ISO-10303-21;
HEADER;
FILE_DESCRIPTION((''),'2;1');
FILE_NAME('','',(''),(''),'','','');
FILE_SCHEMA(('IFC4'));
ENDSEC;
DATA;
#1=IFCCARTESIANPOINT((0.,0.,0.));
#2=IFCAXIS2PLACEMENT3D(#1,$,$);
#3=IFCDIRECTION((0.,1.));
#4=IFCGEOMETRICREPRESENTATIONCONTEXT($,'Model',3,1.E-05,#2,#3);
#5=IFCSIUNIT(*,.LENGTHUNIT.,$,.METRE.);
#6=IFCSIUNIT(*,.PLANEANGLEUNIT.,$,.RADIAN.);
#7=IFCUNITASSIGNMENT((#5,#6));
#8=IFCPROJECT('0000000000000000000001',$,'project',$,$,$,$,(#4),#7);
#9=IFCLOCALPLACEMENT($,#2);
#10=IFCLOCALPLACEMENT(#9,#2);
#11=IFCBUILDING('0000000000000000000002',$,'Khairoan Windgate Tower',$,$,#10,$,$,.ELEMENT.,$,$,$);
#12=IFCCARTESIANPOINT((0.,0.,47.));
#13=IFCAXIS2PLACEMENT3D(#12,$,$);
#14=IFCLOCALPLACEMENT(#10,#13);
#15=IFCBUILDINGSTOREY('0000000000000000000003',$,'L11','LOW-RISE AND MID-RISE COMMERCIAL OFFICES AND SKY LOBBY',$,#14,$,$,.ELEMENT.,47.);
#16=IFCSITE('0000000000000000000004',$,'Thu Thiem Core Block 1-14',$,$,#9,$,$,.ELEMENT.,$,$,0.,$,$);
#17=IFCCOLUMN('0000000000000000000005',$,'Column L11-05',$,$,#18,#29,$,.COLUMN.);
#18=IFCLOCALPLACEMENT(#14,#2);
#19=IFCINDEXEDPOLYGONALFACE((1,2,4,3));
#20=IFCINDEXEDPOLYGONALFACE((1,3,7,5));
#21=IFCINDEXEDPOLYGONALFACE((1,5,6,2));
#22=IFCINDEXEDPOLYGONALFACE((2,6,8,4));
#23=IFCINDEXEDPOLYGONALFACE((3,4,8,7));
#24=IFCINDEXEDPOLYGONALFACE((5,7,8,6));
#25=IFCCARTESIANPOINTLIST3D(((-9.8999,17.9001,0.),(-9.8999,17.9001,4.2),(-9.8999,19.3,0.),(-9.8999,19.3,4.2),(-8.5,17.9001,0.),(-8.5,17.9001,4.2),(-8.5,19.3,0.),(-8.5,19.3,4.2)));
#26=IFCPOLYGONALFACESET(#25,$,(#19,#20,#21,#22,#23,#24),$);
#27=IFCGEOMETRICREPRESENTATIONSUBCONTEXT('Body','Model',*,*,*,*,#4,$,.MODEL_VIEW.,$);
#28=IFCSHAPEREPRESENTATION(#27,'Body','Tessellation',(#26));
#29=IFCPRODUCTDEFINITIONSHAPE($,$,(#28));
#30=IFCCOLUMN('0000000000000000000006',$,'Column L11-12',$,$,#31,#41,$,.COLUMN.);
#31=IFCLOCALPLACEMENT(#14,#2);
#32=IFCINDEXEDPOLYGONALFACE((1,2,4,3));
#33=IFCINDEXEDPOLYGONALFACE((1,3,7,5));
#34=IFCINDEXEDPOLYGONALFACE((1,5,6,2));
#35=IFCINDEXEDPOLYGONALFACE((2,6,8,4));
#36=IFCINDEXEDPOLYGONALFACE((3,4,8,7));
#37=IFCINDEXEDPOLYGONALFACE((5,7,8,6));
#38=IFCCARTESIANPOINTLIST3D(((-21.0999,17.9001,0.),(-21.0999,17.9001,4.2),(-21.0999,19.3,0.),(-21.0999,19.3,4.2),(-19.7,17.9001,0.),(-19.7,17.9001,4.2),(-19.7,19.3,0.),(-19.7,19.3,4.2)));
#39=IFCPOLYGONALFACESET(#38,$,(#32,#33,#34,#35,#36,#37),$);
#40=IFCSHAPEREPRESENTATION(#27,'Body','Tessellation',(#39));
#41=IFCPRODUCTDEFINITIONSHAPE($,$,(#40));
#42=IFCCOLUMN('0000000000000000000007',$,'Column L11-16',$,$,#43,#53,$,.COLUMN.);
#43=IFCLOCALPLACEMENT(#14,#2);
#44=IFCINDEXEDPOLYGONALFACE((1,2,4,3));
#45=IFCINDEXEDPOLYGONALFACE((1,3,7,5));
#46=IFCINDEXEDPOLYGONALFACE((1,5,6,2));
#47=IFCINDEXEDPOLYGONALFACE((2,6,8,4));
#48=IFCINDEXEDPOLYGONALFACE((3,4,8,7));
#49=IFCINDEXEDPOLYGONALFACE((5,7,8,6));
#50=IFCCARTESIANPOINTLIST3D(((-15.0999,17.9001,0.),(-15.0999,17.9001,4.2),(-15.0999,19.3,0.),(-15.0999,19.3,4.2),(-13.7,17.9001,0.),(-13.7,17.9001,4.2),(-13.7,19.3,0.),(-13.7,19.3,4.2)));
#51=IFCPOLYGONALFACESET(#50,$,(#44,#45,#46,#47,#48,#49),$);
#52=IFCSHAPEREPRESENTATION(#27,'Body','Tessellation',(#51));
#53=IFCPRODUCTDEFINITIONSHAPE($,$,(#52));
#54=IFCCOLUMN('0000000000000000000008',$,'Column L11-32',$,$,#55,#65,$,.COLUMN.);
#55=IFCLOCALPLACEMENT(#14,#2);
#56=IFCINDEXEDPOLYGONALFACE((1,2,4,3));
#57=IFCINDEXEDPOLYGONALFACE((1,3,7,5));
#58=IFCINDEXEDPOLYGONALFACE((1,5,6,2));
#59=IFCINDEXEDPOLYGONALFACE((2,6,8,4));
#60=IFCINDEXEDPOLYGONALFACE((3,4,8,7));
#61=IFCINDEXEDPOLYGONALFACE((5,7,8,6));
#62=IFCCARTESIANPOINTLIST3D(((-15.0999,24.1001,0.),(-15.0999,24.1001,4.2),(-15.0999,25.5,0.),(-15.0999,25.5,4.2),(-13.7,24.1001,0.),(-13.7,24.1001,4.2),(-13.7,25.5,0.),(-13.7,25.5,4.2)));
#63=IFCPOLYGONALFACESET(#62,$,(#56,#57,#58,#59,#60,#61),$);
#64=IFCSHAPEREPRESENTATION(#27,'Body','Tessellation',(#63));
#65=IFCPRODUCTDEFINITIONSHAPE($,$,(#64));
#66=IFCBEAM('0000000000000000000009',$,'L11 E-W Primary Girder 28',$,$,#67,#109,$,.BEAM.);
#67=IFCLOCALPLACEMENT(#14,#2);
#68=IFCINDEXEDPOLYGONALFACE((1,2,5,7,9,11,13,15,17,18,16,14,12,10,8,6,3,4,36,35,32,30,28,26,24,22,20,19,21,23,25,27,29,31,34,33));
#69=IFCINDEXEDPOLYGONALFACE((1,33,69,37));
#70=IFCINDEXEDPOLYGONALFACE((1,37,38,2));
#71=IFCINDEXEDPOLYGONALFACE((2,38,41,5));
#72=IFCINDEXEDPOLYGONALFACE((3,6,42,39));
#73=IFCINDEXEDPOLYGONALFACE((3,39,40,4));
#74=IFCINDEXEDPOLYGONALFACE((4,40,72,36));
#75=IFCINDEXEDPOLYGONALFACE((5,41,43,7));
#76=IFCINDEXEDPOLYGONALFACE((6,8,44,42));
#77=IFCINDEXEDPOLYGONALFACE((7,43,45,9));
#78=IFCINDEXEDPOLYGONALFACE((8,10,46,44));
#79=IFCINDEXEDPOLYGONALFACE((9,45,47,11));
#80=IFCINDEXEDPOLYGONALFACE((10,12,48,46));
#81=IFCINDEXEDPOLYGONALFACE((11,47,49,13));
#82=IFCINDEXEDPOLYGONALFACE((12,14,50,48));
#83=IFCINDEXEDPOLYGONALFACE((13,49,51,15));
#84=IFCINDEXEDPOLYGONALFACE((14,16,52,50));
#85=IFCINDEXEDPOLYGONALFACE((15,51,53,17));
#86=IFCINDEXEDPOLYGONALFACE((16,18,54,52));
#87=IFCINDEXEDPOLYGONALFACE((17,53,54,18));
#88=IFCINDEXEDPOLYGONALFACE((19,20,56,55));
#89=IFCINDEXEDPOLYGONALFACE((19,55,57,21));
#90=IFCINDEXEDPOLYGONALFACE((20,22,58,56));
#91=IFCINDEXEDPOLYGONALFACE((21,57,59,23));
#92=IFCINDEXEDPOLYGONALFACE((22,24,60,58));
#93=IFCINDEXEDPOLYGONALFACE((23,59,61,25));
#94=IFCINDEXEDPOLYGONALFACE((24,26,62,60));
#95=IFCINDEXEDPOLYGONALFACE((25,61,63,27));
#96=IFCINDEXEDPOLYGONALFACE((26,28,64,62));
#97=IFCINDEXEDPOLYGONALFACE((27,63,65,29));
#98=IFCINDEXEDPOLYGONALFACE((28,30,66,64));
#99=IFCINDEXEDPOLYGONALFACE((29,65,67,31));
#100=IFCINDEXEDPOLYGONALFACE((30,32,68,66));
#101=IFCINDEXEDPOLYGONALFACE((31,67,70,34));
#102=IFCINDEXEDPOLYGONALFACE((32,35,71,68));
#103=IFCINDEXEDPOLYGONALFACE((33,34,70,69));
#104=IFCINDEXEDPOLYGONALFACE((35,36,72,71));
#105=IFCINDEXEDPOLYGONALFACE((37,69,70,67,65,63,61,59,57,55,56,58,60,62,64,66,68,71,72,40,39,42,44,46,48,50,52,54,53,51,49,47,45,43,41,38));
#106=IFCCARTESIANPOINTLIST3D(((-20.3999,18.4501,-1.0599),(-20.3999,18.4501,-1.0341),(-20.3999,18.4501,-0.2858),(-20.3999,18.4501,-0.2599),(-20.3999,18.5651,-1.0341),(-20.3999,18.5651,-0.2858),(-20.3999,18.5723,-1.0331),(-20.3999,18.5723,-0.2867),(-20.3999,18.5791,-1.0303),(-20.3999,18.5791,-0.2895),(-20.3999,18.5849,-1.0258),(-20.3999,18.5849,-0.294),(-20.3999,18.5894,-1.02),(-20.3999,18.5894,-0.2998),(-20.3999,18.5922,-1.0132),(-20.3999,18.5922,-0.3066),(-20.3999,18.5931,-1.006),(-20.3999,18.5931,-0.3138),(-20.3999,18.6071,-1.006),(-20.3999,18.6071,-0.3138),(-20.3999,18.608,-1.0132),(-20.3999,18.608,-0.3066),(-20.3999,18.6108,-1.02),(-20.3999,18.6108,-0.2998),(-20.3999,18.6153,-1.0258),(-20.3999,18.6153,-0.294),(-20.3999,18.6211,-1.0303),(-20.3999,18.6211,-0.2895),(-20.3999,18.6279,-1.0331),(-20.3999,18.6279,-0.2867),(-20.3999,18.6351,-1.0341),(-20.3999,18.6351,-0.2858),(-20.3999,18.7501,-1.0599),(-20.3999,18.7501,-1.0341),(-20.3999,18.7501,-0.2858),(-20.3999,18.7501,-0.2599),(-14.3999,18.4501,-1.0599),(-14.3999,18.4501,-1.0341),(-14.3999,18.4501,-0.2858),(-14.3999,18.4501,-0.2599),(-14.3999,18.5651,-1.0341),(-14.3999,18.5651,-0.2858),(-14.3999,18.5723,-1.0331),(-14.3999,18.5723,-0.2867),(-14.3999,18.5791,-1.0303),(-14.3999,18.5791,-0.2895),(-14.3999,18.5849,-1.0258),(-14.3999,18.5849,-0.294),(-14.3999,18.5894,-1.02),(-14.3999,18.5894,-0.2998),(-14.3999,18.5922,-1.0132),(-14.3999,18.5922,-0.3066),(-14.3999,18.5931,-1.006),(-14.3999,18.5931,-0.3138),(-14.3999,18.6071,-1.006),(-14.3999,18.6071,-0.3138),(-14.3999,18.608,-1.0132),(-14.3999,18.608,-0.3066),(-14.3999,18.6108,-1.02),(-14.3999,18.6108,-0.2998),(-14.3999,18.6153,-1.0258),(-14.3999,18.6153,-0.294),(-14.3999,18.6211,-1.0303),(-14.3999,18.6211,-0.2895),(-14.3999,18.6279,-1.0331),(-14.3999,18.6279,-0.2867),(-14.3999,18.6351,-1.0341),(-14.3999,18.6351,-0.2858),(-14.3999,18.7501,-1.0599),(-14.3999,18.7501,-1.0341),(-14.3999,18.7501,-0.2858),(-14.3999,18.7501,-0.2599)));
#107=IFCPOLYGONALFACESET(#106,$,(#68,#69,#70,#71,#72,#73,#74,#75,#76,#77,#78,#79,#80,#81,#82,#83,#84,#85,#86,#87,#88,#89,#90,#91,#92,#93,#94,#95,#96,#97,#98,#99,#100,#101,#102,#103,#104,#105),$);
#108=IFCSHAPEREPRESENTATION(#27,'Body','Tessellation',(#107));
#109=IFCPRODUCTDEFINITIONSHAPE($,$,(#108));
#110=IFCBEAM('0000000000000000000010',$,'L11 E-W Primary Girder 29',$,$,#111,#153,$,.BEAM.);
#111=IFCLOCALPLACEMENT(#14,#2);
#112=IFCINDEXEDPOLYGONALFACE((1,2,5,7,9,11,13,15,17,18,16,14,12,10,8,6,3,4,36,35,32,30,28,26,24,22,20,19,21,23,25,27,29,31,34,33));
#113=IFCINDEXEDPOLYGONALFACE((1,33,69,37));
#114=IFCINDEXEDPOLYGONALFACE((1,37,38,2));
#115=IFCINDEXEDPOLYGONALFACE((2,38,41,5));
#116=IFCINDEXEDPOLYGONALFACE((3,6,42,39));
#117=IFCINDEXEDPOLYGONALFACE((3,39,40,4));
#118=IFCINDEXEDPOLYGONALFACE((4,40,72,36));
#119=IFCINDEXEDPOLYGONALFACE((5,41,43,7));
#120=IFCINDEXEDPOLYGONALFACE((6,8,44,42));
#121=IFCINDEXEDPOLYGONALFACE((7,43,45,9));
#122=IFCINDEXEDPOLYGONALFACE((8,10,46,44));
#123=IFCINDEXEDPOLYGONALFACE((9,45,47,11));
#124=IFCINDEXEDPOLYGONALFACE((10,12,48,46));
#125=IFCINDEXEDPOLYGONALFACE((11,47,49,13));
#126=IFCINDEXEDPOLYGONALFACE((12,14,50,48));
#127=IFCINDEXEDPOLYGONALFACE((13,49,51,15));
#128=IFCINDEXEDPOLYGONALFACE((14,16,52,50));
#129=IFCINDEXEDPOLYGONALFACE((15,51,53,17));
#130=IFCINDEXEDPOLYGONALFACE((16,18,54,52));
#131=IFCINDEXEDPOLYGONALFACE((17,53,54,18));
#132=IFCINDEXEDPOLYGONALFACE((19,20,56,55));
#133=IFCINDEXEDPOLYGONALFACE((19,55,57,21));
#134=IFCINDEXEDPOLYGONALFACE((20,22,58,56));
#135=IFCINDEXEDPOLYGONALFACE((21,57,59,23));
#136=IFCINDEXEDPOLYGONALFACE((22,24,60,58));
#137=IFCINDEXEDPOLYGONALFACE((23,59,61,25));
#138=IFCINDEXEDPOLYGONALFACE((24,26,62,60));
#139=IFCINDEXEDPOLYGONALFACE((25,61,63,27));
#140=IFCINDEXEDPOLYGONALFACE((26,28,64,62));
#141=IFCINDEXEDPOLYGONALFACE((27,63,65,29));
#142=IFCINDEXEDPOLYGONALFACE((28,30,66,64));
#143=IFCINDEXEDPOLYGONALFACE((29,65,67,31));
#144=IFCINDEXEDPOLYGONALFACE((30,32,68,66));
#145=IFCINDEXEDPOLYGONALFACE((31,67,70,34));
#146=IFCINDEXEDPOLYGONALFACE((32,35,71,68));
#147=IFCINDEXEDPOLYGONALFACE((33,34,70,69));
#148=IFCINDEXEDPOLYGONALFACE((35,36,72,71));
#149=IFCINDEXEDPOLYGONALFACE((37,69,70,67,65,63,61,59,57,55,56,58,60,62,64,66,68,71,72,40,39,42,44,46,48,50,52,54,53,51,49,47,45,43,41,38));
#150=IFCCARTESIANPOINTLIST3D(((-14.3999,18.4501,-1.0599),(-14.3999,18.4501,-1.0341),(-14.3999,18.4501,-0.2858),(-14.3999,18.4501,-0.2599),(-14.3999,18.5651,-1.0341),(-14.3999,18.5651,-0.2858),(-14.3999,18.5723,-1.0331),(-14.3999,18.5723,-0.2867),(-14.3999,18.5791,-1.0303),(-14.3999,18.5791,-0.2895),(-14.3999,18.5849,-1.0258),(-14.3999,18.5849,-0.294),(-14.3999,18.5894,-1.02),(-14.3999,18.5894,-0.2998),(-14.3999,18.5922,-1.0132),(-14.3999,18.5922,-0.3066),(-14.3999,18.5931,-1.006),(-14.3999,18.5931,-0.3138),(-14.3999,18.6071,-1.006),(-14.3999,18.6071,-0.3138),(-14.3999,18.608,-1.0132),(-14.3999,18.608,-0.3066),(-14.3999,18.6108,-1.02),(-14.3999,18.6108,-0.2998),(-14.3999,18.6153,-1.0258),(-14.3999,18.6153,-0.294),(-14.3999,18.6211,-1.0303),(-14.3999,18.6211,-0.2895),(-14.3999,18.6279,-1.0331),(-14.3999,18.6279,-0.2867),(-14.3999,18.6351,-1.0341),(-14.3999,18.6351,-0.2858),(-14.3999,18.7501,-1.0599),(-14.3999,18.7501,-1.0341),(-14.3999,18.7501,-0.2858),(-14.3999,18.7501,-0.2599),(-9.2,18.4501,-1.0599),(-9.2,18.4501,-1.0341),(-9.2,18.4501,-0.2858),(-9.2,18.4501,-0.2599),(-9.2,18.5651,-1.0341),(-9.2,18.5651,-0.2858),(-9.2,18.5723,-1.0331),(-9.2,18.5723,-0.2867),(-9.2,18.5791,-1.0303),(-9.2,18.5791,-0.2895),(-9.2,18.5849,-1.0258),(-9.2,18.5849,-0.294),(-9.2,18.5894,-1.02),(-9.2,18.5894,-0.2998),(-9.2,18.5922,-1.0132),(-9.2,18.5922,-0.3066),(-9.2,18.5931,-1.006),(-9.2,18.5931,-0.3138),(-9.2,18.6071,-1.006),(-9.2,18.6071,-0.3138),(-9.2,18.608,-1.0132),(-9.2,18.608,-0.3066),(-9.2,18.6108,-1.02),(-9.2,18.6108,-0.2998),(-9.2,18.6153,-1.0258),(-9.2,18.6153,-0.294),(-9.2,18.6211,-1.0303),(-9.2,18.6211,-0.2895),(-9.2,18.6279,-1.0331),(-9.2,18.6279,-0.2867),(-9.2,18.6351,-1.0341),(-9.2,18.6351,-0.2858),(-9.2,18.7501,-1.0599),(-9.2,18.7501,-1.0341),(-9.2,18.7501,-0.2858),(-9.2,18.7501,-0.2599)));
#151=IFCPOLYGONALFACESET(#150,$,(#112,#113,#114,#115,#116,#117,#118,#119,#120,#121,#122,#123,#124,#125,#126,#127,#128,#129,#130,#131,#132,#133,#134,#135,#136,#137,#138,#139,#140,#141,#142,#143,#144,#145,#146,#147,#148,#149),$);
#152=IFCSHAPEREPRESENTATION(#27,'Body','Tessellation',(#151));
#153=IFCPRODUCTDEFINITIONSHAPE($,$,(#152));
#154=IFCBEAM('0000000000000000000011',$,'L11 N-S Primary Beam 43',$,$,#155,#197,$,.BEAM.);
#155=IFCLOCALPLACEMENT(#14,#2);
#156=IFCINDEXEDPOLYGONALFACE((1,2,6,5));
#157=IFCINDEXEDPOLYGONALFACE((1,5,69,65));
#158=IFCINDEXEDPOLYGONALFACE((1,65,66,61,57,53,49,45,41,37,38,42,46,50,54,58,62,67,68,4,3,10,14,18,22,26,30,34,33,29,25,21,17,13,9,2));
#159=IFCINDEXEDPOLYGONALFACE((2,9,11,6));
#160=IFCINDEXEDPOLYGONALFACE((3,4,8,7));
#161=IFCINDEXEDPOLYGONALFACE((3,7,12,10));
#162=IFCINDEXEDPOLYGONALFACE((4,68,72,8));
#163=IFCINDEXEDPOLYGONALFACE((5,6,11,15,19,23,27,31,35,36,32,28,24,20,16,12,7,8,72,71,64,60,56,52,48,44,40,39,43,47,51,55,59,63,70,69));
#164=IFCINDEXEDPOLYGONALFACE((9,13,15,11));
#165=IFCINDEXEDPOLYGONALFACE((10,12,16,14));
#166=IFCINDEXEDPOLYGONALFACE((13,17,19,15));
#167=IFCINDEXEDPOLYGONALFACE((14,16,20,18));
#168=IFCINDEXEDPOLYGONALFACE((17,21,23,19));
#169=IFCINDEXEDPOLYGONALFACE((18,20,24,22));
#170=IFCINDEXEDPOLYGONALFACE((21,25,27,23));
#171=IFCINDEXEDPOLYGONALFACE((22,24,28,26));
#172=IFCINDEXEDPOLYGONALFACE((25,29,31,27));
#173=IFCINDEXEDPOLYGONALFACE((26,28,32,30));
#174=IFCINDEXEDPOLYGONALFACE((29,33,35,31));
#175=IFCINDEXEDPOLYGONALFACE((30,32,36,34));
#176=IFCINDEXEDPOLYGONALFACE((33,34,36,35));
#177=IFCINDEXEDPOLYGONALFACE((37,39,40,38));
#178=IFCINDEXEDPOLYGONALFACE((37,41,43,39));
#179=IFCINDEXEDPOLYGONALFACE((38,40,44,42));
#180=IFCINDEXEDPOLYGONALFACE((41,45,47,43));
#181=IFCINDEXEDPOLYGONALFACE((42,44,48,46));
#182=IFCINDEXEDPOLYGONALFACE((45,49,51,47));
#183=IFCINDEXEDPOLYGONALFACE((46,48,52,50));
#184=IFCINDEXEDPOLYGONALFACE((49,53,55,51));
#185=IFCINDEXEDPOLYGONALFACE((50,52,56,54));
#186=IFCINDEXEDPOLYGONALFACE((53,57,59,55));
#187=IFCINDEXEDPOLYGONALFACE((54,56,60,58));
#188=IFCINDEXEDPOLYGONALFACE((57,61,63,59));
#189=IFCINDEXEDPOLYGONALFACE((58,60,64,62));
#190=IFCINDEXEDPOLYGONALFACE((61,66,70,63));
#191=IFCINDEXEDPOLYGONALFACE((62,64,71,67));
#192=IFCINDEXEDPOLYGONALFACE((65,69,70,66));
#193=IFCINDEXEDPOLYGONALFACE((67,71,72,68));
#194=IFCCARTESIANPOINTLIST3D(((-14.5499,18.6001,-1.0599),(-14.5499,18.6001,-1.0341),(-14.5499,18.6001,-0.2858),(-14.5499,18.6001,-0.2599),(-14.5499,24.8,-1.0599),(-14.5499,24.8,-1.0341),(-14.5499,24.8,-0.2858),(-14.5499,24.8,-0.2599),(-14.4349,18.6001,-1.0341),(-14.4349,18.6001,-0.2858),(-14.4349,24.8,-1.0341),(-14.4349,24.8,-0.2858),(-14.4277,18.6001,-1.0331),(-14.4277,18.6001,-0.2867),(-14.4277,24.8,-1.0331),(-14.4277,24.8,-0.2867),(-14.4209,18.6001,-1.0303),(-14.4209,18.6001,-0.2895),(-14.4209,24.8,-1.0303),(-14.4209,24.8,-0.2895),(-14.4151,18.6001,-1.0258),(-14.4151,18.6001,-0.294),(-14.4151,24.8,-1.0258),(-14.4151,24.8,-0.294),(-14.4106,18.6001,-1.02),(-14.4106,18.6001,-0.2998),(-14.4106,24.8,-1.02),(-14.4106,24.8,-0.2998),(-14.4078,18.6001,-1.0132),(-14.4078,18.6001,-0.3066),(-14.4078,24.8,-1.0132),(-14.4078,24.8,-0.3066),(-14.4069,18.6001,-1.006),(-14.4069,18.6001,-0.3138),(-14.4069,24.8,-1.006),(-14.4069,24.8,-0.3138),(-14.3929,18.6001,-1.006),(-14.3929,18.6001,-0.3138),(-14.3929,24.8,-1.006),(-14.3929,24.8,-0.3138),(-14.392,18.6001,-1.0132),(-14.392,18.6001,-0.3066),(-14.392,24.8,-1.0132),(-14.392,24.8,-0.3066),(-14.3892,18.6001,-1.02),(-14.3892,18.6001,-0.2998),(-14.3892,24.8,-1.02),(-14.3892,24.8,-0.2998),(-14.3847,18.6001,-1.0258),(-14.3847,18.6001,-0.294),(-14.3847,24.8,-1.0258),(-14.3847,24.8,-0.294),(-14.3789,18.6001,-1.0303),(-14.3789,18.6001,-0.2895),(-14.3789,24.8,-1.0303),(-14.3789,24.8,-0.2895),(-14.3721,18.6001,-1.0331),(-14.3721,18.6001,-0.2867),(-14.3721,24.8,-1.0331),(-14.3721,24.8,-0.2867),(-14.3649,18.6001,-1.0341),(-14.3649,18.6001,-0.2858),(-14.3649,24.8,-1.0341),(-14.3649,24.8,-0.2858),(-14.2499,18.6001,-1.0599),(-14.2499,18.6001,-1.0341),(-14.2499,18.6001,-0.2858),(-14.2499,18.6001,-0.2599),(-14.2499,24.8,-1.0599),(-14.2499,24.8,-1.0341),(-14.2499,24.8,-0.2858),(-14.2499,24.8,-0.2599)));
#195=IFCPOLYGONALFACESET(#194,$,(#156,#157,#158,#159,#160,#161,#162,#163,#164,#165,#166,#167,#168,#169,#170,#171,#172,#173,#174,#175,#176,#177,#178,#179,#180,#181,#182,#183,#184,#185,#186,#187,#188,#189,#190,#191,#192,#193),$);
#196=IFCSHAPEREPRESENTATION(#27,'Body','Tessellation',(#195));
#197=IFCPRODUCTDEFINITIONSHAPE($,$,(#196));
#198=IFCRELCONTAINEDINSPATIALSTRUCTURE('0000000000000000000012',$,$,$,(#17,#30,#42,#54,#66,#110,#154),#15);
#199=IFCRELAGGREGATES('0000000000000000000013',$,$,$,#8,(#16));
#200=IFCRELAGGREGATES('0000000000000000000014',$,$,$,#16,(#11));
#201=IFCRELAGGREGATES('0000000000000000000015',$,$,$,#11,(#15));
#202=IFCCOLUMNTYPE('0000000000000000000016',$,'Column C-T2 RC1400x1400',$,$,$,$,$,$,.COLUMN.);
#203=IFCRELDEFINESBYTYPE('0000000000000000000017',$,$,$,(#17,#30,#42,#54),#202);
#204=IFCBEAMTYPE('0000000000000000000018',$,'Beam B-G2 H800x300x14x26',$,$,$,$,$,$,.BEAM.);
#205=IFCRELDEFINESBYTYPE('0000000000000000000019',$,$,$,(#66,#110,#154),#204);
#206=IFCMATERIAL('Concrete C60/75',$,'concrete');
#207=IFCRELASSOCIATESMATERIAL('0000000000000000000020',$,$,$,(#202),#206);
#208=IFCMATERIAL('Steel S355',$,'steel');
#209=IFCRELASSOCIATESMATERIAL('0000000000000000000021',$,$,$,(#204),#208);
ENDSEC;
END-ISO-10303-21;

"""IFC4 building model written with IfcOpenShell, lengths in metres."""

from ifc_helpers import new_model, si_unit, direction, frame, origin, origin_2d, place, context, subcontext, project, spatial, rectangle, i_section, extrude, material, material_profile, profile_set, type_object, element, save


model = new_model("IFC4")

# Units and contexts
model_context = context("Model", 3, precision=1e-05, world=origin(), true_north=direction((0.0, 1.0)))
body_context = subcontext(model_context, "Body", "Model", "MODEL_VIEW")
ifc_project = project(units=[si_unit("LENGTHUNIT", "METRE"), si_unit("PLANEANGLEUNIT", "RADIAN")], contexts=[model_context])

# Site, building, storey
site_placement = place(None, origin())
site = spatial("IfcSite", under=ifc_project, at=site_placement, Name="Thu Thiem Core Block 1-14", CompositionType="ELEMENT", RefElevation=0.0)
building_placement = place(site_placement, origin())
building = spatial("IfcBuilding", under=site, at=building_placement, Name="Khairoan Windgate Tower", CompositionType="ELEMENT")
storey_placement = place(building_placement, frame((0.0, 0.0, 47.0)))
storey = spatial("IfcBuildingStorey", under=building, at=storey_placement, Name="L11", Description="LOW-RISE AND MID-RISE COMMERCIAL OFFICES AND SKY LOBBY", CompositionType="ELEMENT", Elevation=47.0)

# Columns
ifc_material_1 = material(Name="Concrete C60/75", Category="concrete")
ifc_material_profile_1 = material_profile(ifc_material_1, rectangle(XDim=1.3999, YDim=1.3999, at=origin_2d()))
ifc_profile_set_1 = profile_set([ifc_material_profile_1], Name="Concrete C60/75")
column_type = type_object("IfcColumnType", Name="Column C-T2 RC1400x1400", PredefinedType="COLUMN", material=ifc_profile_set_1)
for number, where, z_axis, x_axis, name in (
    (1, (-9.2, 18.6001, 0.0), (0.0, 0.0, 1.0), (1.0, 0.0, 0.0), "Column L11-05"),
    (2, (-20.3999, 18.6001, 0.0), (0.0, 0.0, 1.0), (1.0, 0.0, 0.0), "Column L11-12"),
    (3, (-14.3999, 18.6001, 0.0), (0.0, 0.0, 1.0), (1.0, 0.0, 0.0), "Column L11-16"),
    (4, (-14.3999, 24.8, 0.0), (0.0, 0.0, 1.0), (1.0, 0.0, 0.0), "Column L11-32"),
):
    element("IfcColumn", number, at=place(storey_placement, frame(where, z_axis=z_axis, x_axis=x_axis)), inside=storey, type_object=column_type, Name=name, PredefinedType="COLUMN", context=body_context, shape_type="SweptSolid", body=[
        extrude(rectangle(XDim=1.3999, YDim=1.3999, at=origin_2d()), origin(), (0.0, 0.0, 1.0), 4.2),
    ])

# Beams
ifc_material_2 = material(Name="Steel S355", Category="steel")
ifc_material_profile_2 = material_profile(ifc_material_2, i_section(OverallWidth=0.3, OverallDepth=0.8, WebThickness=0.0139, FlangeThickness=0.0259, FilletRadius=0.0281, at=origin_2d()))
ifc_profile_set_2 = profile_set([ifc_material_profile_2], Name="Steel S355")
beam_type_1 = type_object("IfcBeamType", Name="Beam B-G2 H800x300x14x26", PredefinedType="BEAM", material=ifc_profile_set_2)
beam_1_placement = place(storey_placement, frame((-20.3999, 18.6001, -0.6599), z_axis=(1.0, 0.0, 0.0), x_axis=(0.0, 1.0, 0.0)))
element("IfcBeam", 5, at=beam_1_placement, inside=storey, type_object=beam_type_1, Name="L11 E-W Primary Girder 28", PredefinedType="BEAM", context=body_context, shape_type="SweptSolid", body=[
    extrude(i_section(OverallWidth=0.3, OverallDepth=0.8, WebThickness=0.0139, FlangeThickness=0.0259, FilletRadius=0.0281, at=origin_2d()), origin(), (0.0, 0.0, 1.0), 6.0),
])
beam_2_placement = place(storey_placement, frame((-14.3999, 18.6001, -0.6599), z_axis=(1.0, 0.0, 0.0), x_axis=(0.0, 1.0, 0.0)))
element("IfcBeam", 6, at=beam_2_placement, inside=storey, type_object=beam_type_1, Name="L11 E-W Primary Girder 29", PredefinedType="BEAM", context=body_context, shape_type="SweptSolid", body=[
    extrude(i_section(OverallWidth=0.3, OverallDepth=0.8, WebThickness=0.0139, FlangeThickness=0.0259, FilletRadius=0.0281, at=origin_2d()), origin(), (0.0, 0.0, 1.0), 5.2),
])
beam_3_placement = place(storey_placement, frame((-14.3999, 18.6001, -0.6599), z_axis=(0.0, 1.0, 0.0), x_axis=(-1.0, 0.0, 0.0)))
element("IfcBeam", 7, at=beam_3_placement, inside=storey, type_object=beam_type_1, Name="L11 N-S Primary Beam 43", PredefinedType="BEAM", context=body_context, shape_type="SweptSolid", body=[
    extrude(i_section(OverallWidth=0.3, OverallDepth=0.8, WebThickness=0.0139, FlangeThickness=0.0259, FilletRadius=0.0281, at=origin_2d()), origin(), (0.0, 0.0, 1.0), 6.2),
])

save(model, "model.ifc")
